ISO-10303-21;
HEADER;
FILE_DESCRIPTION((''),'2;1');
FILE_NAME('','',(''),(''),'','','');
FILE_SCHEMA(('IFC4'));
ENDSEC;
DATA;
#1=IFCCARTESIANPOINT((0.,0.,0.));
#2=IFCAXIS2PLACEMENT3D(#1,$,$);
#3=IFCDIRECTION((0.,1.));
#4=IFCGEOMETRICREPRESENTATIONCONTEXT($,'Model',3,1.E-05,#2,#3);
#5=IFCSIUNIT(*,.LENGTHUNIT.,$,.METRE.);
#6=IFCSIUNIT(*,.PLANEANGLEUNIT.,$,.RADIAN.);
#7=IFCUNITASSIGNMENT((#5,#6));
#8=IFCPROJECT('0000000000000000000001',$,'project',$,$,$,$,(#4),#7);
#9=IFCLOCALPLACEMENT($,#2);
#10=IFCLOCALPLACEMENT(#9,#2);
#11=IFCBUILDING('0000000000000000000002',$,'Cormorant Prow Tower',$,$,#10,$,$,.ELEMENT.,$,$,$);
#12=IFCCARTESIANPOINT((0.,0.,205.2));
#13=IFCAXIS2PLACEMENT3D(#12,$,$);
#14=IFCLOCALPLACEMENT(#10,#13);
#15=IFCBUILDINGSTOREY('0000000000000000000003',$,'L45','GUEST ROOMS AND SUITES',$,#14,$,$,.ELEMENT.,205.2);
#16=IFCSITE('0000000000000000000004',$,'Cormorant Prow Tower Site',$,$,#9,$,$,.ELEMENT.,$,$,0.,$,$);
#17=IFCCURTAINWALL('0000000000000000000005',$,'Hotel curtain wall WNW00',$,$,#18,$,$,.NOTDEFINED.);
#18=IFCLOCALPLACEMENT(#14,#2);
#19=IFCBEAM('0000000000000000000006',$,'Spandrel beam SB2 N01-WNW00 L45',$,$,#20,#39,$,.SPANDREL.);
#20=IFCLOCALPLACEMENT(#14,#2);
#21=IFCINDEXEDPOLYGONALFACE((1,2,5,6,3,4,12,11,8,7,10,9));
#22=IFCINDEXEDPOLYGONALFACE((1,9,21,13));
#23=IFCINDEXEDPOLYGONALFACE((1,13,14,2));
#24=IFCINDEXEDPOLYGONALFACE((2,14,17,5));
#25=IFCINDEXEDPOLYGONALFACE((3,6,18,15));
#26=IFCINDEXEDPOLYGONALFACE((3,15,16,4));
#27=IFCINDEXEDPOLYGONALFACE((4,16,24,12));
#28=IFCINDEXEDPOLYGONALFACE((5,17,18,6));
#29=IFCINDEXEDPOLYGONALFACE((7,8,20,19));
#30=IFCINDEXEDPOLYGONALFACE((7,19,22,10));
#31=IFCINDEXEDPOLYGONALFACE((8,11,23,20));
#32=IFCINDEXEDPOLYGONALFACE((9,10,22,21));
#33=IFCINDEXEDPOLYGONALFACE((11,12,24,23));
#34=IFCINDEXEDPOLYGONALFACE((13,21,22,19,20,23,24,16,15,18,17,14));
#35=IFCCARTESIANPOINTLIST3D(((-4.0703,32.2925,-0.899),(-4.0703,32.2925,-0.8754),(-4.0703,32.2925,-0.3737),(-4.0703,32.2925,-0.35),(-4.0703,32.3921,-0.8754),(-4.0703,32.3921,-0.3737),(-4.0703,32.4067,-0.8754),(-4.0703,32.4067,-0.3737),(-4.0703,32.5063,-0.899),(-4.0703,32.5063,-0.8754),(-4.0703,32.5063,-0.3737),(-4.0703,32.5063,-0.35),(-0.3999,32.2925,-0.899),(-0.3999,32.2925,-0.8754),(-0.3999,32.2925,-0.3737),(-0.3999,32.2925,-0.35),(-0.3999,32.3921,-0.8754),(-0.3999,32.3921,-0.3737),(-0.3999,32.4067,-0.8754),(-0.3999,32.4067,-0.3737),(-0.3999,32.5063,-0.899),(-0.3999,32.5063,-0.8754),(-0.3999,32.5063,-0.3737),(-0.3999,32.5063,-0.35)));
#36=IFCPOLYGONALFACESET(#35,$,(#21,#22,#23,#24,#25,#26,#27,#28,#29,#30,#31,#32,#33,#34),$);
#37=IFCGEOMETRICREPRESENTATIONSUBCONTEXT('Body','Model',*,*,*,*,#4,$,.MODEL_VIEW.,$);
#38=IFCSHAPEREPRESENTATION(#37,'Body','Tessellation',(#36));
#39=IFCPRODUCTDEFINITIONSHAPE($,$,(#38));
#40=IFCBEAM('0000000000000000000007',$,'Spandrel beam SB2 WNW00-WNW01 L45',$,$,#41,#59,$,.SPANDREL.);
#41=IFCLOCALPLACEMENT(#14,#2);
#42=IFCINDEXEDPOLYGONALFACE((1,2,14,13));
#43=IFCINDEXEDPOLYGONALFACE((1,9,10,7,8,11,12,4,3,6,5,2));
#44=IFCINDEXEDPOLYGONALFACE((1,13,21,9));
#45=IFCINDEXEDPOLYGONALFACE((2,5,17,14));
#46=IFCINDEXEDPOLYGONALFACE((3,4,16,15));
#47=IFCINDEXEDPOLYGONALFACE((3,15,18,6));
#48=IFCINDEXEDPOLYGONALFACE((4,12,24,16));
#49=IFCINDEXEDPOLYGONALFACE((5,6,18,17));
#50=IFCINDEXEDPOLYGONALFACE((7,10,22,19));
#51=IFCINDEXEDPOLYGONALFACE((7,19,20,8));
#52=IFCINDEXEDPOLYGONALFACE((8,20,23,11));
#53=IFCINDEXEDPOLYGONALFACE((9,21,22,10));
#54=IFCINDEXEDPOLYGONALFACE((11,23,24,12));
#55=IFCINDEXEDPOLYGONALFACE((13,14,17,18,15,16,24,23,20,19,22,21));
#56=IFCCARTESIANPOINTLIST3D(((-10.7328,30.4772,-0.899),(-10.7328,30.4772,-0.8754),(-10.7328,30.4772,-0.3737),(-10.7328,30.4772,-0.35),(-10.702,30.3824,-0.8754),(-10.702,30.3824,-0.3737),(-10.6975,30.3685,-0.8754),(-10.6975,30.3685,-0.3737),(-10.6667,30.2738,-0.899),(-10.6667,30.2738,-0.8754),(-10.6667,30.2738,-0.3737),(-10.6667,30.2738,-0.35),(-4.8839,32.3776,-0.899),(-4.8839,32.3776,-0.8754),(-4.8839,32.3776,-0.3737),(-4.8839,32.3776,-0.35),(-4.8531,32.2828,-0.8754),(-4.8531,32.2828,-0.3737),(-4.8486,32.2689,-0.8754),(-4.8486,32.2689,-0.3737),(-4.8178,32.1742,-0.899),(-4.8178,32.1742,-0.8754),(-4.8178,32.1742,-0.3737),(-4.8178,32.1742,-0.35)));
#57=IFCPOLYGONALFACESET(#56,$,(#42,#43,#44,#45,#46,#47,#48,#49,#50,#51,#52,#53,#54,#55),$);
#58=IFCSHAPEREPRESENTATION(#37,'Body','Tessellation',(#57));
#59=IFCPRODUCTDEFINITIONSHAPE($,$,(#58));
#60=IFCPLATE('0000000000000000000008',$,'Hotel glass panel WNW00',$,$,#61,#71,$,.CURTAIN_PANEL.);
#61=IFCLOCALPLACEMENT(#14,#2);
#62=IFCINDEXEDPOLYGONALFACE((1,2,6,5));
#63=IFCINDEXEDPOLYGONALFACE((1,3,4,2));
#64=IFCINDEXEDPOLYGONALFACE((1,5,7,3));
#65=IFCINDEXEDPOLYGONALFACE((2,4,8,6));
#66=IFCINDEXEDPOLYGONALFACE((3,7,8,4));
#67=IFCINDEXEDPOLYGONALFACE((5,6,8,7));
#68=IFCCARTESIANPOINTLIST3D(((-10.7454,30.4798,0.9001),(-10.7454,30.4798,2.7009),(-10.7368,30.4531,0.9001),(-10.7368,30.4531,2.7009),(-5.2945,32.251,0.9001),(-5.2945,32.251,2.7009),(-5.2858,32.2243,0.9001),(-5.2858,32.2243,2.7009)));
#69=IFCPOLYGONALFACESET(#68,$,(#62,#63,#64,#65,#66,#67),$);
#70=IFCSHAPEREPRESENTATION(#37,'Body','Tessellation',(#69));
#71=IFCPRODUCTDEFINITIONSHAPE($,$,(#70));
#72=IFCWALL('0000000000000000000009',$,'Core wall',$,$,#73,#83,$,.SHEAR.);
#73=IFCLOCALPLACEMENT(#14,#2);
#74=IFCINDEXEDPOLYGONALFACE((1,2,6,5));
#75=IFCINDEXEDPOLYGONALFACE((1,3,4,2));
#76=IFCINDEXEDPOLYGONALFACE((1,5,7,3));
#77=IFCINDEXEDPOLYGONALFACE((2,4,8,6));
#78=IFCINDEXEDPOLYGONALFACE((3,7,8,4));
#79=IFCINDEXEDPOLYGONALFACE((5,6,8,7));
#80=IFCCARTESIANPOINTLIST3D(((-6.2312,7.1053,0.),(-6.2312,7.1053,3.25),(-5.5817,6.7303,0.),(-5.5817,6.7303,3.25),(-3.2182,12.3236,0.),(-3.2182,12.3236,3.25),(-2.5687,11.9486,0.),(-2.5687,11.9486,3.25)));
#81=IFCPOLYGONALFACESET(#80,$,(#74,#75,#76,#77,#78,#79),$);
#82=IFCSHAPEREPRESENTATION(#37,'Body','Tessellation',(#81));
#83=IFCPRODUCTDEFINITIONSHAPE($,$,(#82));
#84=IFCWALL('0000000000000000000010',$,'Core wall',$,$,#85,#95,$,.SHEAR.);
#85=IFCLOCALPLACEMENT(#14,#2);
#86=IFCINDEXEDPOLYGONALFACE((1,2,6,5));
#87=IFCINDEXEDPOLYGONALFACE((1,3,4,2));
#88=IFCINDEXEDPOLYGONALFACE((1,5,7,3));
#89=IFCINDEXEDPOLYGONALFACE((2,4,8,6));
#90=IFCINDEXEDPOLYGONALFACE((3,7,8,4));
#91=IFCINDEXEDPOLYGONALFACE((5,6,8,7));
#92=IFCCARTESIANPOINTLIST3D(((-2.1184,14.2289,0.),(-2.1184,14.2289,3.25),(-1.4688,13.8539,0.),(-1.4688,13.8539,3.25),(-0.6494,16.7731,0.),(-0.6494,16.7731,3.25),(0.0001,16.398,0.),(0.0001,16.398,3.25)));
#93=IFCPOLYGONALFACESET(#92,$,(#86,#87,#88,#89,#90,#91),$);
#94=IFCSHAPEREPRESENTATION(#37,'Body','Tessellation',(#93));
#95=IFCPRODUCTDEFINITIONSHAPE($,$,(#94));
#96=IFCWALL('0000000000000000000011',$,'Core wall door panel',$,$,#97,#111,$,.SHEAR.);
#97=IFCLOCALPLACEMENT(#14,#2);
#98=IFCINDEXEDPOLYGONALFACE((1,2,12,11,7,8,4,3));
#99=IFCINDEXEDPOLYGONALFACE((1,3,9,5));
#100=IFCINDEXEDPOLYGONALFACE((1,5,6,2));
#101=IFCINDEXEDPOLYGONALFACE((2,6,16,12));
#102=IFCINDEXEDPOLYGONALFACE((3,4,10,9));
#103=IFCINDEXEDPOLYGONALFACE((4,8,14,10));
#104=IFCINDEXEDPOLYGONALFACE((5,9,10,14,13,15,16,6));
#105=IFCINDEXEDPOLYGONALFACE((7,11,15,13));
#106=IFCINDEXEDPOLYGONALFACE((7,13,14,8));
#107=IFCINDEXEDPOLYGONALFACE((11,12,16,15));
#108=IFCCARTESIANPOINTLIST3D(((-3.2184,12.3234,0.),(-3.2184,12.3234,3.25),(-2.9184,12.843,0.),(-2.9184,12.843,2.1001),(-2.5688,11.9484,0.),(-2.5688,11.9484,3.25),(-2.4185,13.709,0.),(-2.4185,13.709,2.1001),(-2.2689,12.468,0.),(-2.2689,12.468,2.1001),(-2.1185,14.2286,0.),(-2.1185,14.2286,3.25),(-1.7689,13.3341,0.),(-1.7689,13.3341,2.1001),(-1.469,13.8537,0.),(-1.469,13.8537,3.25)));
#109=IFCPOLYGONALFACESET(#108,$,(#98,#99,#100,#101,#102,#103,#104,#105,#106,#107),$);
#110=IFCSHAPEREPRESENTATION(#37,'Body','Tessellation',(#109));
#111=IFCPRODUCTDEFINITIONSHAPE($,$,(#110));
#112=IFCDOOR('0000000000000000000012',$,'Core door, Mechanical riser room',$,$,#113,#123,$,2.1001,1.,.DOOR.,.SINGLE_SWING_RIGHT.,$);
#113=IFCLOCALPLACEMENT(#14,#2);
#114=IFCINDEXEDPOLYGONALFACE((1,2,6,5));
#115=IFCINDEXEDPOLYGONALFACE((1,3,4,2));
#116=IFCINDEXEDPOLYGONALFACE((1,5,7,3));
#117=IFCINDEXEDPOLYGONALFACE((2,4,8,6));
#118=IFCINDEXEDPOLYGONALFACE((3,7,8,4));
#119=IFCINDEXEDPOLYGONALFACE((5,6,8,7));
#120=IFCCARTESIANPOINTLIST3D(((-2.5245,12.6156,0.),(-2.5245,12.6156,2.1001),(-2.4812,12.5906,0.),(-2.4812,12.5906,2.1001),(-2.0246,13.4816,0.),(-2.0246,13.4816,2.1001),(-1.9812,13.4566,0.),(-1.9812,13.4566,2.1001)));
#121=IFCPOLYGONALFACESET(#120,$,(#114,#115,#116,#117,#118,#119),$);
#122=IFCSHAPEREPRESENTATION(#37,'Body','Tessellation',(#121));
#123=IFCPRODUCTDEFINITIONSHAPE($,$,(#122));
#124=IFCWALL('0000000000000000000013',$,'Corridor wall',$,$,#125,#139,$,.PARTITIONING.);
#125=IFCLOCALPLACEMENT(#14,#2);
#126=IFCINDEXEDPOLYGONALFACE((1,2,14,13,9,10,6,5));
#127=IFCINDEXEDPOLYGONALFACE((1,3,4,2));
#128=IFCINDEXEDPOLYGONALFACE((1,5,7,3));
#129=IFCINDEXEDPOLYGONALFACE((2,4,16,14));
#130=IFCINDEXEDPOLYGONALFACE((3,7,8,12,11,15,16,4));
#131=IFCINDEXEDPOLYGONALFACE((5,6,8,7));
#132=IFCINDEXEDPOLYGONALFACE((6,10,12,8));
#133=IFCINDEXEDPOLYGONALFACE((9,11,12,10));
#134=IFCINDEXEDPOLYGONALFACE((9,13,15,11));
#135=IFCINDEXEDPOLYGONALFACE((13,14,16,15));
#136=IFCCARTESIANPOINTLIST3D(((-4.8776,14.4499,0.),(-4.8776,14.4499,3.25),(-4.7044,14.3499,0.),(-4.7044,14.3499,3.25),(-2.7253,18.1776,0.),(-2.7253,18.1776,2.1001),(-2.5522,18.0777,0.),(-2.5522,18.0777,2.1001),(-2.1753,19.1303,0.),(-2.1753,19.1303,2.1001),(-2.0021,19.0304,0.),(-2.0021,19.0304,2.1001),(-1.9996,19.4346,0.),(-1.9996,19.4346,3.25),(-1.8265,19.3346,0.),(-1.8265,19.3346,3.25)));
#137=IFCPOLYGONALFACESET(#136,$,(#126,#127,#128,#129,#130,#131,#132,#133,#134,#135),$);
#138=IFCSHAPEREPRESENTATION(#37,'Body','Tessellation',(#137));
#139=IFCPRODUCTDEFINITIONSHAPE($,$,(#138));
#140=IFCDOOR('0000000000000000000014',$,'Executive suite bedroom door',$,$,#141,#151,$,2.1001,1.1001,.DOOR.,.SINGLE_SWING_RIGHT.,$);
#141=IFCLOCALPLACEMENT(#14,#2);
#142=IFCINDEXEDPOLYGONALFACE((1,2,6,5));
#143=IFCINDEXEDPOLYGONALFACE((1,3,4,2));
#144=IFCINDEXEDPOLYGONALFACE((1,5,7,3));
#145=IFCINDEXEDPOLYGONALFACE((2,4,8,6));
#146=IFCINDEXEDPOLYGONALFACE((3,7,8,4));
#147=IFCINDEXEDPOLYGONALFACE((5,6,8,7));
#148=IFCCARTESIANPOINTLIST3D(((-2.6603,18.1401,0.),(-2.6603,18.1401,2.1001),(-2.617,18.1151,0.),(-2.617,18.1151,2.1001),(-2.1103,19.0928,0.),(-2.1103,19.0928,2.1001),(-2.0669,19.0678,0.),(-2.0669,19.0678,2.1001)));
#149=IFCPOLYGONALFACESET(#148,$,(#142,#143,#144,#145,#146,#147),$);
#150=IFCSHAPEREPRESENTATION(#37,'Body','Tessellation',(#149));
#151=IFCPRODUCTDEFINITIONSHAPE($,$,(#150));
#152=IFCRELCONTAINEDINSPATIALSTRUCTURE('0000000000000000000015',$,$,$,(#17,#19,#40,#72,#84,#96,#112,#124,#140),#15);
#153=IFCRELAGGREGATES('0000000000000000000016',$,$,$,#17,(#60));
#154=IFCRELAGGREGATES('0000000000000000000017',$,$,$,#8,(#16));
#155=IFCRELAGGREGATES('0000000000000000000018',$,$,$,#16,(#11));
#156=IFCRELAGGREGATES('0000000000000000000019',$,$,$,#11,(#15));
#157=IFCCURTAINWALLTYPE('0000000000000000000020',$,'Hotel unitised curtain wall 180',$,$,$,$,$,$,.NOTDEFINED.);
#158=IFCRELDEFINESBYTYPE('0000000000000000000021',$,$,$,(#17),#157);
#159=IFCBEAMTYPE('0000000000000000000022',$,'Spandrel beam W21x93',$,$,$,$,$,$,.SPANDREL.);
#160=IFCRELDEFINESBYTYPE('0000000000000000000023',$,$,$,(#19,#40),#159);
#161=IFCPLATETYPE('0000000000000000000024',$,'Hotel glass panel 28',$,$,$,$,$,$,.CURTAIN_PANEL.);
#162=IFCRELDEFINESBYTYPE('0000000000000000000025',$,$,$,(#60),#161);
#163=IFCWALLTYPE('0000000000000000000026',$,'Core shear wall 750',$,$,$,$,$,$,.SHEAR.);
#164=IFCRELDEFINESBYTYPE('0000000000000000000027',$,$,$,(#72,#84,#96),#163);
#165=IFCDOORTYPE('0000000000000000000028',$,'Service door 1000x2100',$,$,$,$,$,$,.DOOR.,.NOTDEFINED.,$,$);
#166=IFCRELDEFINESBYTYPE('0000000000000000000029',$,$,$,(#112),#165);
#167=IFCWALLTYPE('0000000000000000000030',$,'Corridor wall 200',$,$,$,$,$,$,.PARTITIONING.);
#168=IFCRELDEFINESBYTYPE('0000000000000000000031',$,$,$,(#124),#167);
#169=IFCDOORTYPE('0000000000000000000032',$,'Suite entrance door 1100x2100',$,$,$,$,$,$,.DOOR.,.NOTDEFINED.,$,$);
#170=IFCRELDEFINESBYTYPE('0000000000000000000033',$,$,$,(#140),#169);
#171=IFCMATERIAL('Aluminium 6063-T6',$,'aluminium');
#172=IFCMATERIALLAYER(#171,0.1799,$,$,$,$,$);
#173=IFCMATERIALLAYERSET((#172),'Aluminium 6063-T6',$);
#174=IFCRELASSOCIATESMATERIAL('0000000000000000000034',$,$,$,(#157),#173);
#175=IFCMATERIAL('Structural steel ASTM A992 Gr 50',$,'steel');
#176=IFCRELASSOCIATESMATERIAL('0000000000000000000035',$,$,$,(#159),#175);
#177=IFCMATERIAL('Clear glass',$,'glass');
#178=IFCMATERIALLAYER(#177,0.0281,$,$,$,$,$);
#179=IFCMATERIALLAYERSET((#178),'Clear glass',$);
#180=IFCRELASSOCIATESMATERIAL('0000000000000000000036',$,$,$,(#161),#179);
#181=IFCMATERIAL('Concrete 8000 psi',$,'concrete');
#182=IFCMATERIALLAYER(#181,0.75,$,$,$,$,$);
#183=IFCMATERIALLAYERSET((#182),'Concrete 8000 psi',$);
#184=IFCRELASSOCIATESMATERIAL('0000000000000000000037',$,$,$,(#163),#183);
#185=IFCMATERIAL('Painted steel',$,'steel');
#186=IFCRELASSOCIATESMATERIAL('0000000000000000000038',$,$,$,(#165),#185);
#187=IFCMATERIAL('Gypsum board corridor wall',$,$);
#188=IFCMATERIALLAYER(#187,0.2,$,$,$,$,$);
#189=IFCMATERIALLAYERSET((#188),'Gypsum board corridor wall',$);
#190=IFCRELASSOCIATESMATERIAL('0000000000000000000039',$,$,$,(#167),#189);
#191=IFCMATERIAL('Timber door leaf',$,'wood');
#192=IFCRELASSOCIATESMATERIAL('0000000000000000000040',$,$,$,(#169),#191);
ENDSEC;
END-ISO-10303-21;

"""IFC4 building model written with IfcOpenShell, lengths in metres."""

from ifc_helpers import new_model, si_unit, direction, frame, frame_2d, origin, origin_2d, place, context, subcontext, project, spatial, rectangle, i_section, extrude, material, layer, layer_set, material_profile, profile_set, type_object, element, fill, aggregate, save


model = new_model("IFC4")

# Units and contexts
model_context = context("Model", 3, precision=1e-05, world=origin(), true_north=direction((0.0, 1.0)))
body_context = subcontext(model_context, "Body", "Model", "MODEL_VIEW")
ifc_project = project(units=[si_unit("LENGTHUNIT", "METRE"), si_unit("PLANEANGLEUNIT", "RADIAN")], contexts=[model_context])

# Site, building, storey
site_placement = place(None, origin())
site = spatial("IfcSite", under=ifc_project, at=site_placement, Name="Cormorant Prow Tower Site", CompositionType="ELEMENT", RefElevation=0.0)
building_placement = place(site_placement, origin())
building = spatial("IfcBuilding", under=site, at=building_placement, Name="Cormorant Prow Tower", CompositionType="ELEMENT")
storey_placement = place(building_placement, frame((0.0, 0.0, 205.2)))
storey = spatial("IfcBuildingStorey", under=building, at=storey_placement, Name="L45", Description="GUEST ROOMS AND SUITES", CompositionType="ELEMENT", Elevation=205.2)

# Curtain wall
ifc_material_1 = material(Name="Aluminium 6063-T6", Category="aluminium")
ifc_layer_1 = layer(ifc_material_1, 0.1799)
ifc_layer_set_1 = layer_set([ifc_layer_1], Name="Aluminium 6063-T6")
curtain_wall_type = type_object("IfcCurtainWallType", Name="Hotel unitised curtain wall 180", PredefinedType="NOTDEFINED", material=ifc_layer_set_1)
curtain_wall_placement = place(storey_placement, origin())
curtain_wall = element("IfcCurtainWall", 1, at=curtain_wall_placement, inside=storey, type_object=curtain_wall_type, Name="Hotel curtain wall WNW00", PredefinedType="NOTDEFINED")

# Beams
ifc_material_2 = material(Name="Structural steel ASTM A992 Gr 50", Category="steel")
ifc_material_profile_1 = material_profile(ifc_material_2, i_section(OverallWidth=0.2139, OverallDepth=0.5491, WebThickness=0.0146, FlangeThickness=0.0237, at=origin_2d()), Name="W21x93")
ifc_profile_set_1 = profile_set([ifc_material_profile_1], Name="Structural steel ASTM A992 Gr 50")
beam_type_1 = type_object("IfcBeamType", Name="Spandrel beam W21x93", PredefinedType="SPANDREL", material=ifc_profile_set_1)
beam_1_placement = place(storey_placement, frame((-0.3999, 32.3994, -0.6245), z_axis=(-1.0, 0.0, 0.0), x_axis=(0.0, -1.0, 0.0)))
element("IfcBeam", 2, at=beam_1_placement, inside=storey, type_object=beam_type_1, Name="Spandrel beam SB2 N01-WNW00 L45", PredefinedType="SPANDREL", context=body_context, shape_type="SweptSolid", body=[
    extrude(i_section(OverallWidth=0.2139, OverallDepth=0.5491, WebThickness=0.0146, FlangeThickness=0.0237, at=origin_2d()), origin(), (0.0, 0.0, 1.0), 3.6704),
])
beam_2_placement = place(storey_placement, frame((-4.8508, 32.2759, -0.6245), z_axis=(-0.951058, -0.309013, 0.0), x_axis=(0.309013, -0.951058, 0.0)))
element("IfcBeam", 3, at=beam_2_placement, inside=storey, type_object=beam_type_1, Name="Spandrel beam SB2 WNW00-WNW01 L45", PredefinedType="SPANDREL", context=body_context, shape_type="SweptSolid", body=[
    extrude(i_section(OverallWidth=0.2139, OverallDepth=0.5491, WebThickness=0.0146, FlangeThickness=0.0237, at=origin_2d()), origin(), (0.0, 0.0, 1.0), 6.1499),
])

# Plate
ifc_material_3 = material(Name="Clear glass", Category="glass")
ifc_layer_2 = layer(ifc_material_3, 0.0281)
ifc_layer_set_2 = layer_set([ifc_layer_2], Name="Clear glass")
plate_type = type_object("IfcPlateType", Name="Hotel glass panel 28", PredefinedType="CURTAIN_PANEL", material=ifc_layer_set_2)
plate_placement = place(storey_placement, frame((-8.0156, 31.3521, 0.9001), z_axis=(0.0, 0.0, 1.0), x_axis=(-0.951056, -0.309017, 0.0)))
plate = element("IfcPlate", 4, at=plate_placement, type_object=plate_type, Name="Hotel glass panel WNW00", PredefinedType="CURTAIN_PANEL", context=body_context, shape_type="SweptSolid", body=[
    extrude(rectangle(XDim=5.7314, YDim=0.0281, at=origin_2d()), origin(), (0.0, 0.0, 1.0), 1.8008),
])
aggregate(curtain_wall, [plate])

# Walls
ifc_material_4 = material(Name="Concrete 8000 psi", Category="concrete")
ifc_layer_3 = layer(ifc_material_4, 0.75)
ifc_layer_set_3 = layer_set([ifc_layer_3], Name="Concrete 8000 psi")
wall_type_1 = type_object("IfcWallType", Name="Core shear wall 750", PredefinedType="SHEAR", material=ifc_layer_set_3)
wall_1_placement = place(storey_placement, frame((-2.8936, 12.136, 0.0), z_axis=(0.0, 0.0, 1.0), x_axis=(-0.500022, -0.866013, 0.0)))
element("IfcWall", 5, at=wall_1_placement, inside=storey, type_object=wall_type_1, Name="Core wall", PredefinedType="SHEAR", context=body_context, shape_type="SweptSolid", body=[
    extrude(rectangle(XDim=6.0256, YDim=0.75, at=frame_2d((3.0127, 0.0))), origin(), (0.0, 0.0, 1.0), 3.25),
])
wall_2_placement = place(storey_placement, frame((-0.3247, 16.5854, 0.0), z_axis=(0.0, 0.0, 1.0), x_axis=(-0.500027, -0.86601, 0.0)))
element("IfcWall", 6, at=wall_2_placement, inside=storey, type_object=wall_type_1, Name="Core wall", PredefinedType="SHEAR", context=body_context, shape_type="SweptSolid", body=[
    extrude(rectangle(XDim=2.9377, YDim=0.75, at=frame_2d((1.4688, 0.0))), origin(), (0.0, 0.0, 1.0), 3.25),
])

# Walls, openings, doors
wall_3_placement = place(storey_placement, frame((-1.7937, 14.0413, 0.0), z_axis=(0.0, 0.0, 1.0), x_axis=(-0.499947, -0.866056, 0.0)))
wall_3 = element("IfcWall", 7, at=wall_3_placement, inside=storey, type_object=wall_type_1, Name="Core wall door panel", PredefinedType="SHEAR", context=body_context, shape_type="SweptSolid", body=[
    extrude(rectangle(XDim=2.2, YDim=0.75, at=frame_2d((1.1001, 0.0))), origin(), (0.0, 0.0, 1.0), 3.25),
])
opening_1_placement = place(wall_3_placement, frame((0.6001, 0.0, 0.0)))
opening_1 = element("IfcOpeningElement", 8, at=opening_1_placement, cuts=wall_3, PredefinedType="OPENING", context=body_context, shape_type="SweptSolid", body=[
    extrude(rectangle(XDim=1.0, YDim=2.1001, at=frame_2d((0.5, 1.05))), frame((0.0, 0.385, 0.0), z_axis=(0.0, -1.0, 0.0), x_axis=(1.0, 0.0, 0.0)), (0.0, 0.0, 1.0), 0.77),
])
ifc_material_5 = material(Name="Painted steel", Category="steel")
door_type_1 = type_object("IfcDoorType", Name="Service door 1000x2100", OperationType="NOTDEFINED", PredefinedType="DOOR", material=ifc_material_5)
door_1_placement = place(opening_1_placement, origin())
door_1 = element("IfcDoor", 9, at=door_1_placement, inside=storey, type_object=door_type_1, Name="Core door, Mechanical riser room", OperationType="SINGLE_SWING_RIGHT", OverallHeight=2.1001, OverallWidth=1.0, PredefinedType="DOOR", context=body_context, shape_type="SweptSolid", body=[
    extrude(rectangle(XDim=1.0, YDim=2.1001, at=frame_2d((0.5, 1.05))), frame((0.0, 0.1299, 0.0), z_axis=(0.0, -1.0, 0.0), x_axis=(1.0, 0.0, 0.0)), (0.0, 0.0, 1.0), 0.05),
])
fill(opening_1, door_1)
ifc_material_6 = material(Name="Gypsum board corridor wall")
ifc_layer_4 = layer(ifc_material_6, 0.2)
ifc_layer_set_4 = layer_set([ifc_layer_4], Name="Gypsum board corridor wall")
wall_type_2 = type_object("IfcWallType", Name="Corridor wall 200", PredefinedType="PARTITIONING", material=ifc_layer_set_4)
wall_4_placement = place(storey_placement, frame((-4.791, 14.3999, 0.0), z_axis=(0.0, 0.0, 1.0), x_axis=(0.500008, 0.866021, 0.0)))
wall_4 = element("IfcWall", 10, at=wall_4_placement, inside=storey, type_object=wall_type_2, Name="Corridor wall", PredefinedType="PARTITIONING", context=body_context, shape_type="SweptSolid", body=[
    extrude(rectangle(XDim=5.7559, YDim=0.2, at=frame_2d((2.8779, 0.0))), origin(), (0.0, 0.0, 1.0), 3.25),
])
opening_2_placement = place(wall_4_placement, frame((4.3044, 0.0, 0.0)))
opening_2 = element("IfcOpeningElement", 11, at=opening_2_placement, cuts=wall_4, PredefinedType="OPENING", context=body_context, shape_type="SweptSolid", body=[
    extrude(rectangle(XDim=1.1001, YDim=2.1001, at=frame_2d((0.55, 1.05))), frame((0.0, 0.1099, 0.0), z_axis=(0.0, -1.0, 0.0), x_axis=(1.0, 0.0, 0.0)), (0.0, 0.0, 1.0), 0.22),
])
ifc_material_7 = material(Name="Timber door leaf", Category="wood")
door_type_2 = type_object("IfcDoorType", Name="Suite entrance door 1100x2100", OperationType="NOTDEFINED", PredefinedType="DOOR", material=ifc_material_7)
door_2_placement = place(opening_2_placement, origin())
door_2 = element("IfcDoor", 12, at=door_2_placement, inside=storey, type_object=door_type_2, Name="Executive suite bedroom door", OperationType="SINGLE_SWING_RIGHT", OverallHeight=2.1001, OverallWidth=1.1001, PredefinedType="DOOR", context=body_context, shape_type="SweptSolid", body=[
    extrude(rectangle(XDim=1.1001, YDim=2.1001, at=frame_2d((0.55, 1.05))), frame((0.0, 0.0249, 0.0), z_axis=(0.0, -1.0, 0.0), x_axis=(1.0, 0.0, 0.0)), (0.0, 0.0, 1.0), 0.05),
])
fill(opening_2, door_2)

save(model, "model.ifc")
